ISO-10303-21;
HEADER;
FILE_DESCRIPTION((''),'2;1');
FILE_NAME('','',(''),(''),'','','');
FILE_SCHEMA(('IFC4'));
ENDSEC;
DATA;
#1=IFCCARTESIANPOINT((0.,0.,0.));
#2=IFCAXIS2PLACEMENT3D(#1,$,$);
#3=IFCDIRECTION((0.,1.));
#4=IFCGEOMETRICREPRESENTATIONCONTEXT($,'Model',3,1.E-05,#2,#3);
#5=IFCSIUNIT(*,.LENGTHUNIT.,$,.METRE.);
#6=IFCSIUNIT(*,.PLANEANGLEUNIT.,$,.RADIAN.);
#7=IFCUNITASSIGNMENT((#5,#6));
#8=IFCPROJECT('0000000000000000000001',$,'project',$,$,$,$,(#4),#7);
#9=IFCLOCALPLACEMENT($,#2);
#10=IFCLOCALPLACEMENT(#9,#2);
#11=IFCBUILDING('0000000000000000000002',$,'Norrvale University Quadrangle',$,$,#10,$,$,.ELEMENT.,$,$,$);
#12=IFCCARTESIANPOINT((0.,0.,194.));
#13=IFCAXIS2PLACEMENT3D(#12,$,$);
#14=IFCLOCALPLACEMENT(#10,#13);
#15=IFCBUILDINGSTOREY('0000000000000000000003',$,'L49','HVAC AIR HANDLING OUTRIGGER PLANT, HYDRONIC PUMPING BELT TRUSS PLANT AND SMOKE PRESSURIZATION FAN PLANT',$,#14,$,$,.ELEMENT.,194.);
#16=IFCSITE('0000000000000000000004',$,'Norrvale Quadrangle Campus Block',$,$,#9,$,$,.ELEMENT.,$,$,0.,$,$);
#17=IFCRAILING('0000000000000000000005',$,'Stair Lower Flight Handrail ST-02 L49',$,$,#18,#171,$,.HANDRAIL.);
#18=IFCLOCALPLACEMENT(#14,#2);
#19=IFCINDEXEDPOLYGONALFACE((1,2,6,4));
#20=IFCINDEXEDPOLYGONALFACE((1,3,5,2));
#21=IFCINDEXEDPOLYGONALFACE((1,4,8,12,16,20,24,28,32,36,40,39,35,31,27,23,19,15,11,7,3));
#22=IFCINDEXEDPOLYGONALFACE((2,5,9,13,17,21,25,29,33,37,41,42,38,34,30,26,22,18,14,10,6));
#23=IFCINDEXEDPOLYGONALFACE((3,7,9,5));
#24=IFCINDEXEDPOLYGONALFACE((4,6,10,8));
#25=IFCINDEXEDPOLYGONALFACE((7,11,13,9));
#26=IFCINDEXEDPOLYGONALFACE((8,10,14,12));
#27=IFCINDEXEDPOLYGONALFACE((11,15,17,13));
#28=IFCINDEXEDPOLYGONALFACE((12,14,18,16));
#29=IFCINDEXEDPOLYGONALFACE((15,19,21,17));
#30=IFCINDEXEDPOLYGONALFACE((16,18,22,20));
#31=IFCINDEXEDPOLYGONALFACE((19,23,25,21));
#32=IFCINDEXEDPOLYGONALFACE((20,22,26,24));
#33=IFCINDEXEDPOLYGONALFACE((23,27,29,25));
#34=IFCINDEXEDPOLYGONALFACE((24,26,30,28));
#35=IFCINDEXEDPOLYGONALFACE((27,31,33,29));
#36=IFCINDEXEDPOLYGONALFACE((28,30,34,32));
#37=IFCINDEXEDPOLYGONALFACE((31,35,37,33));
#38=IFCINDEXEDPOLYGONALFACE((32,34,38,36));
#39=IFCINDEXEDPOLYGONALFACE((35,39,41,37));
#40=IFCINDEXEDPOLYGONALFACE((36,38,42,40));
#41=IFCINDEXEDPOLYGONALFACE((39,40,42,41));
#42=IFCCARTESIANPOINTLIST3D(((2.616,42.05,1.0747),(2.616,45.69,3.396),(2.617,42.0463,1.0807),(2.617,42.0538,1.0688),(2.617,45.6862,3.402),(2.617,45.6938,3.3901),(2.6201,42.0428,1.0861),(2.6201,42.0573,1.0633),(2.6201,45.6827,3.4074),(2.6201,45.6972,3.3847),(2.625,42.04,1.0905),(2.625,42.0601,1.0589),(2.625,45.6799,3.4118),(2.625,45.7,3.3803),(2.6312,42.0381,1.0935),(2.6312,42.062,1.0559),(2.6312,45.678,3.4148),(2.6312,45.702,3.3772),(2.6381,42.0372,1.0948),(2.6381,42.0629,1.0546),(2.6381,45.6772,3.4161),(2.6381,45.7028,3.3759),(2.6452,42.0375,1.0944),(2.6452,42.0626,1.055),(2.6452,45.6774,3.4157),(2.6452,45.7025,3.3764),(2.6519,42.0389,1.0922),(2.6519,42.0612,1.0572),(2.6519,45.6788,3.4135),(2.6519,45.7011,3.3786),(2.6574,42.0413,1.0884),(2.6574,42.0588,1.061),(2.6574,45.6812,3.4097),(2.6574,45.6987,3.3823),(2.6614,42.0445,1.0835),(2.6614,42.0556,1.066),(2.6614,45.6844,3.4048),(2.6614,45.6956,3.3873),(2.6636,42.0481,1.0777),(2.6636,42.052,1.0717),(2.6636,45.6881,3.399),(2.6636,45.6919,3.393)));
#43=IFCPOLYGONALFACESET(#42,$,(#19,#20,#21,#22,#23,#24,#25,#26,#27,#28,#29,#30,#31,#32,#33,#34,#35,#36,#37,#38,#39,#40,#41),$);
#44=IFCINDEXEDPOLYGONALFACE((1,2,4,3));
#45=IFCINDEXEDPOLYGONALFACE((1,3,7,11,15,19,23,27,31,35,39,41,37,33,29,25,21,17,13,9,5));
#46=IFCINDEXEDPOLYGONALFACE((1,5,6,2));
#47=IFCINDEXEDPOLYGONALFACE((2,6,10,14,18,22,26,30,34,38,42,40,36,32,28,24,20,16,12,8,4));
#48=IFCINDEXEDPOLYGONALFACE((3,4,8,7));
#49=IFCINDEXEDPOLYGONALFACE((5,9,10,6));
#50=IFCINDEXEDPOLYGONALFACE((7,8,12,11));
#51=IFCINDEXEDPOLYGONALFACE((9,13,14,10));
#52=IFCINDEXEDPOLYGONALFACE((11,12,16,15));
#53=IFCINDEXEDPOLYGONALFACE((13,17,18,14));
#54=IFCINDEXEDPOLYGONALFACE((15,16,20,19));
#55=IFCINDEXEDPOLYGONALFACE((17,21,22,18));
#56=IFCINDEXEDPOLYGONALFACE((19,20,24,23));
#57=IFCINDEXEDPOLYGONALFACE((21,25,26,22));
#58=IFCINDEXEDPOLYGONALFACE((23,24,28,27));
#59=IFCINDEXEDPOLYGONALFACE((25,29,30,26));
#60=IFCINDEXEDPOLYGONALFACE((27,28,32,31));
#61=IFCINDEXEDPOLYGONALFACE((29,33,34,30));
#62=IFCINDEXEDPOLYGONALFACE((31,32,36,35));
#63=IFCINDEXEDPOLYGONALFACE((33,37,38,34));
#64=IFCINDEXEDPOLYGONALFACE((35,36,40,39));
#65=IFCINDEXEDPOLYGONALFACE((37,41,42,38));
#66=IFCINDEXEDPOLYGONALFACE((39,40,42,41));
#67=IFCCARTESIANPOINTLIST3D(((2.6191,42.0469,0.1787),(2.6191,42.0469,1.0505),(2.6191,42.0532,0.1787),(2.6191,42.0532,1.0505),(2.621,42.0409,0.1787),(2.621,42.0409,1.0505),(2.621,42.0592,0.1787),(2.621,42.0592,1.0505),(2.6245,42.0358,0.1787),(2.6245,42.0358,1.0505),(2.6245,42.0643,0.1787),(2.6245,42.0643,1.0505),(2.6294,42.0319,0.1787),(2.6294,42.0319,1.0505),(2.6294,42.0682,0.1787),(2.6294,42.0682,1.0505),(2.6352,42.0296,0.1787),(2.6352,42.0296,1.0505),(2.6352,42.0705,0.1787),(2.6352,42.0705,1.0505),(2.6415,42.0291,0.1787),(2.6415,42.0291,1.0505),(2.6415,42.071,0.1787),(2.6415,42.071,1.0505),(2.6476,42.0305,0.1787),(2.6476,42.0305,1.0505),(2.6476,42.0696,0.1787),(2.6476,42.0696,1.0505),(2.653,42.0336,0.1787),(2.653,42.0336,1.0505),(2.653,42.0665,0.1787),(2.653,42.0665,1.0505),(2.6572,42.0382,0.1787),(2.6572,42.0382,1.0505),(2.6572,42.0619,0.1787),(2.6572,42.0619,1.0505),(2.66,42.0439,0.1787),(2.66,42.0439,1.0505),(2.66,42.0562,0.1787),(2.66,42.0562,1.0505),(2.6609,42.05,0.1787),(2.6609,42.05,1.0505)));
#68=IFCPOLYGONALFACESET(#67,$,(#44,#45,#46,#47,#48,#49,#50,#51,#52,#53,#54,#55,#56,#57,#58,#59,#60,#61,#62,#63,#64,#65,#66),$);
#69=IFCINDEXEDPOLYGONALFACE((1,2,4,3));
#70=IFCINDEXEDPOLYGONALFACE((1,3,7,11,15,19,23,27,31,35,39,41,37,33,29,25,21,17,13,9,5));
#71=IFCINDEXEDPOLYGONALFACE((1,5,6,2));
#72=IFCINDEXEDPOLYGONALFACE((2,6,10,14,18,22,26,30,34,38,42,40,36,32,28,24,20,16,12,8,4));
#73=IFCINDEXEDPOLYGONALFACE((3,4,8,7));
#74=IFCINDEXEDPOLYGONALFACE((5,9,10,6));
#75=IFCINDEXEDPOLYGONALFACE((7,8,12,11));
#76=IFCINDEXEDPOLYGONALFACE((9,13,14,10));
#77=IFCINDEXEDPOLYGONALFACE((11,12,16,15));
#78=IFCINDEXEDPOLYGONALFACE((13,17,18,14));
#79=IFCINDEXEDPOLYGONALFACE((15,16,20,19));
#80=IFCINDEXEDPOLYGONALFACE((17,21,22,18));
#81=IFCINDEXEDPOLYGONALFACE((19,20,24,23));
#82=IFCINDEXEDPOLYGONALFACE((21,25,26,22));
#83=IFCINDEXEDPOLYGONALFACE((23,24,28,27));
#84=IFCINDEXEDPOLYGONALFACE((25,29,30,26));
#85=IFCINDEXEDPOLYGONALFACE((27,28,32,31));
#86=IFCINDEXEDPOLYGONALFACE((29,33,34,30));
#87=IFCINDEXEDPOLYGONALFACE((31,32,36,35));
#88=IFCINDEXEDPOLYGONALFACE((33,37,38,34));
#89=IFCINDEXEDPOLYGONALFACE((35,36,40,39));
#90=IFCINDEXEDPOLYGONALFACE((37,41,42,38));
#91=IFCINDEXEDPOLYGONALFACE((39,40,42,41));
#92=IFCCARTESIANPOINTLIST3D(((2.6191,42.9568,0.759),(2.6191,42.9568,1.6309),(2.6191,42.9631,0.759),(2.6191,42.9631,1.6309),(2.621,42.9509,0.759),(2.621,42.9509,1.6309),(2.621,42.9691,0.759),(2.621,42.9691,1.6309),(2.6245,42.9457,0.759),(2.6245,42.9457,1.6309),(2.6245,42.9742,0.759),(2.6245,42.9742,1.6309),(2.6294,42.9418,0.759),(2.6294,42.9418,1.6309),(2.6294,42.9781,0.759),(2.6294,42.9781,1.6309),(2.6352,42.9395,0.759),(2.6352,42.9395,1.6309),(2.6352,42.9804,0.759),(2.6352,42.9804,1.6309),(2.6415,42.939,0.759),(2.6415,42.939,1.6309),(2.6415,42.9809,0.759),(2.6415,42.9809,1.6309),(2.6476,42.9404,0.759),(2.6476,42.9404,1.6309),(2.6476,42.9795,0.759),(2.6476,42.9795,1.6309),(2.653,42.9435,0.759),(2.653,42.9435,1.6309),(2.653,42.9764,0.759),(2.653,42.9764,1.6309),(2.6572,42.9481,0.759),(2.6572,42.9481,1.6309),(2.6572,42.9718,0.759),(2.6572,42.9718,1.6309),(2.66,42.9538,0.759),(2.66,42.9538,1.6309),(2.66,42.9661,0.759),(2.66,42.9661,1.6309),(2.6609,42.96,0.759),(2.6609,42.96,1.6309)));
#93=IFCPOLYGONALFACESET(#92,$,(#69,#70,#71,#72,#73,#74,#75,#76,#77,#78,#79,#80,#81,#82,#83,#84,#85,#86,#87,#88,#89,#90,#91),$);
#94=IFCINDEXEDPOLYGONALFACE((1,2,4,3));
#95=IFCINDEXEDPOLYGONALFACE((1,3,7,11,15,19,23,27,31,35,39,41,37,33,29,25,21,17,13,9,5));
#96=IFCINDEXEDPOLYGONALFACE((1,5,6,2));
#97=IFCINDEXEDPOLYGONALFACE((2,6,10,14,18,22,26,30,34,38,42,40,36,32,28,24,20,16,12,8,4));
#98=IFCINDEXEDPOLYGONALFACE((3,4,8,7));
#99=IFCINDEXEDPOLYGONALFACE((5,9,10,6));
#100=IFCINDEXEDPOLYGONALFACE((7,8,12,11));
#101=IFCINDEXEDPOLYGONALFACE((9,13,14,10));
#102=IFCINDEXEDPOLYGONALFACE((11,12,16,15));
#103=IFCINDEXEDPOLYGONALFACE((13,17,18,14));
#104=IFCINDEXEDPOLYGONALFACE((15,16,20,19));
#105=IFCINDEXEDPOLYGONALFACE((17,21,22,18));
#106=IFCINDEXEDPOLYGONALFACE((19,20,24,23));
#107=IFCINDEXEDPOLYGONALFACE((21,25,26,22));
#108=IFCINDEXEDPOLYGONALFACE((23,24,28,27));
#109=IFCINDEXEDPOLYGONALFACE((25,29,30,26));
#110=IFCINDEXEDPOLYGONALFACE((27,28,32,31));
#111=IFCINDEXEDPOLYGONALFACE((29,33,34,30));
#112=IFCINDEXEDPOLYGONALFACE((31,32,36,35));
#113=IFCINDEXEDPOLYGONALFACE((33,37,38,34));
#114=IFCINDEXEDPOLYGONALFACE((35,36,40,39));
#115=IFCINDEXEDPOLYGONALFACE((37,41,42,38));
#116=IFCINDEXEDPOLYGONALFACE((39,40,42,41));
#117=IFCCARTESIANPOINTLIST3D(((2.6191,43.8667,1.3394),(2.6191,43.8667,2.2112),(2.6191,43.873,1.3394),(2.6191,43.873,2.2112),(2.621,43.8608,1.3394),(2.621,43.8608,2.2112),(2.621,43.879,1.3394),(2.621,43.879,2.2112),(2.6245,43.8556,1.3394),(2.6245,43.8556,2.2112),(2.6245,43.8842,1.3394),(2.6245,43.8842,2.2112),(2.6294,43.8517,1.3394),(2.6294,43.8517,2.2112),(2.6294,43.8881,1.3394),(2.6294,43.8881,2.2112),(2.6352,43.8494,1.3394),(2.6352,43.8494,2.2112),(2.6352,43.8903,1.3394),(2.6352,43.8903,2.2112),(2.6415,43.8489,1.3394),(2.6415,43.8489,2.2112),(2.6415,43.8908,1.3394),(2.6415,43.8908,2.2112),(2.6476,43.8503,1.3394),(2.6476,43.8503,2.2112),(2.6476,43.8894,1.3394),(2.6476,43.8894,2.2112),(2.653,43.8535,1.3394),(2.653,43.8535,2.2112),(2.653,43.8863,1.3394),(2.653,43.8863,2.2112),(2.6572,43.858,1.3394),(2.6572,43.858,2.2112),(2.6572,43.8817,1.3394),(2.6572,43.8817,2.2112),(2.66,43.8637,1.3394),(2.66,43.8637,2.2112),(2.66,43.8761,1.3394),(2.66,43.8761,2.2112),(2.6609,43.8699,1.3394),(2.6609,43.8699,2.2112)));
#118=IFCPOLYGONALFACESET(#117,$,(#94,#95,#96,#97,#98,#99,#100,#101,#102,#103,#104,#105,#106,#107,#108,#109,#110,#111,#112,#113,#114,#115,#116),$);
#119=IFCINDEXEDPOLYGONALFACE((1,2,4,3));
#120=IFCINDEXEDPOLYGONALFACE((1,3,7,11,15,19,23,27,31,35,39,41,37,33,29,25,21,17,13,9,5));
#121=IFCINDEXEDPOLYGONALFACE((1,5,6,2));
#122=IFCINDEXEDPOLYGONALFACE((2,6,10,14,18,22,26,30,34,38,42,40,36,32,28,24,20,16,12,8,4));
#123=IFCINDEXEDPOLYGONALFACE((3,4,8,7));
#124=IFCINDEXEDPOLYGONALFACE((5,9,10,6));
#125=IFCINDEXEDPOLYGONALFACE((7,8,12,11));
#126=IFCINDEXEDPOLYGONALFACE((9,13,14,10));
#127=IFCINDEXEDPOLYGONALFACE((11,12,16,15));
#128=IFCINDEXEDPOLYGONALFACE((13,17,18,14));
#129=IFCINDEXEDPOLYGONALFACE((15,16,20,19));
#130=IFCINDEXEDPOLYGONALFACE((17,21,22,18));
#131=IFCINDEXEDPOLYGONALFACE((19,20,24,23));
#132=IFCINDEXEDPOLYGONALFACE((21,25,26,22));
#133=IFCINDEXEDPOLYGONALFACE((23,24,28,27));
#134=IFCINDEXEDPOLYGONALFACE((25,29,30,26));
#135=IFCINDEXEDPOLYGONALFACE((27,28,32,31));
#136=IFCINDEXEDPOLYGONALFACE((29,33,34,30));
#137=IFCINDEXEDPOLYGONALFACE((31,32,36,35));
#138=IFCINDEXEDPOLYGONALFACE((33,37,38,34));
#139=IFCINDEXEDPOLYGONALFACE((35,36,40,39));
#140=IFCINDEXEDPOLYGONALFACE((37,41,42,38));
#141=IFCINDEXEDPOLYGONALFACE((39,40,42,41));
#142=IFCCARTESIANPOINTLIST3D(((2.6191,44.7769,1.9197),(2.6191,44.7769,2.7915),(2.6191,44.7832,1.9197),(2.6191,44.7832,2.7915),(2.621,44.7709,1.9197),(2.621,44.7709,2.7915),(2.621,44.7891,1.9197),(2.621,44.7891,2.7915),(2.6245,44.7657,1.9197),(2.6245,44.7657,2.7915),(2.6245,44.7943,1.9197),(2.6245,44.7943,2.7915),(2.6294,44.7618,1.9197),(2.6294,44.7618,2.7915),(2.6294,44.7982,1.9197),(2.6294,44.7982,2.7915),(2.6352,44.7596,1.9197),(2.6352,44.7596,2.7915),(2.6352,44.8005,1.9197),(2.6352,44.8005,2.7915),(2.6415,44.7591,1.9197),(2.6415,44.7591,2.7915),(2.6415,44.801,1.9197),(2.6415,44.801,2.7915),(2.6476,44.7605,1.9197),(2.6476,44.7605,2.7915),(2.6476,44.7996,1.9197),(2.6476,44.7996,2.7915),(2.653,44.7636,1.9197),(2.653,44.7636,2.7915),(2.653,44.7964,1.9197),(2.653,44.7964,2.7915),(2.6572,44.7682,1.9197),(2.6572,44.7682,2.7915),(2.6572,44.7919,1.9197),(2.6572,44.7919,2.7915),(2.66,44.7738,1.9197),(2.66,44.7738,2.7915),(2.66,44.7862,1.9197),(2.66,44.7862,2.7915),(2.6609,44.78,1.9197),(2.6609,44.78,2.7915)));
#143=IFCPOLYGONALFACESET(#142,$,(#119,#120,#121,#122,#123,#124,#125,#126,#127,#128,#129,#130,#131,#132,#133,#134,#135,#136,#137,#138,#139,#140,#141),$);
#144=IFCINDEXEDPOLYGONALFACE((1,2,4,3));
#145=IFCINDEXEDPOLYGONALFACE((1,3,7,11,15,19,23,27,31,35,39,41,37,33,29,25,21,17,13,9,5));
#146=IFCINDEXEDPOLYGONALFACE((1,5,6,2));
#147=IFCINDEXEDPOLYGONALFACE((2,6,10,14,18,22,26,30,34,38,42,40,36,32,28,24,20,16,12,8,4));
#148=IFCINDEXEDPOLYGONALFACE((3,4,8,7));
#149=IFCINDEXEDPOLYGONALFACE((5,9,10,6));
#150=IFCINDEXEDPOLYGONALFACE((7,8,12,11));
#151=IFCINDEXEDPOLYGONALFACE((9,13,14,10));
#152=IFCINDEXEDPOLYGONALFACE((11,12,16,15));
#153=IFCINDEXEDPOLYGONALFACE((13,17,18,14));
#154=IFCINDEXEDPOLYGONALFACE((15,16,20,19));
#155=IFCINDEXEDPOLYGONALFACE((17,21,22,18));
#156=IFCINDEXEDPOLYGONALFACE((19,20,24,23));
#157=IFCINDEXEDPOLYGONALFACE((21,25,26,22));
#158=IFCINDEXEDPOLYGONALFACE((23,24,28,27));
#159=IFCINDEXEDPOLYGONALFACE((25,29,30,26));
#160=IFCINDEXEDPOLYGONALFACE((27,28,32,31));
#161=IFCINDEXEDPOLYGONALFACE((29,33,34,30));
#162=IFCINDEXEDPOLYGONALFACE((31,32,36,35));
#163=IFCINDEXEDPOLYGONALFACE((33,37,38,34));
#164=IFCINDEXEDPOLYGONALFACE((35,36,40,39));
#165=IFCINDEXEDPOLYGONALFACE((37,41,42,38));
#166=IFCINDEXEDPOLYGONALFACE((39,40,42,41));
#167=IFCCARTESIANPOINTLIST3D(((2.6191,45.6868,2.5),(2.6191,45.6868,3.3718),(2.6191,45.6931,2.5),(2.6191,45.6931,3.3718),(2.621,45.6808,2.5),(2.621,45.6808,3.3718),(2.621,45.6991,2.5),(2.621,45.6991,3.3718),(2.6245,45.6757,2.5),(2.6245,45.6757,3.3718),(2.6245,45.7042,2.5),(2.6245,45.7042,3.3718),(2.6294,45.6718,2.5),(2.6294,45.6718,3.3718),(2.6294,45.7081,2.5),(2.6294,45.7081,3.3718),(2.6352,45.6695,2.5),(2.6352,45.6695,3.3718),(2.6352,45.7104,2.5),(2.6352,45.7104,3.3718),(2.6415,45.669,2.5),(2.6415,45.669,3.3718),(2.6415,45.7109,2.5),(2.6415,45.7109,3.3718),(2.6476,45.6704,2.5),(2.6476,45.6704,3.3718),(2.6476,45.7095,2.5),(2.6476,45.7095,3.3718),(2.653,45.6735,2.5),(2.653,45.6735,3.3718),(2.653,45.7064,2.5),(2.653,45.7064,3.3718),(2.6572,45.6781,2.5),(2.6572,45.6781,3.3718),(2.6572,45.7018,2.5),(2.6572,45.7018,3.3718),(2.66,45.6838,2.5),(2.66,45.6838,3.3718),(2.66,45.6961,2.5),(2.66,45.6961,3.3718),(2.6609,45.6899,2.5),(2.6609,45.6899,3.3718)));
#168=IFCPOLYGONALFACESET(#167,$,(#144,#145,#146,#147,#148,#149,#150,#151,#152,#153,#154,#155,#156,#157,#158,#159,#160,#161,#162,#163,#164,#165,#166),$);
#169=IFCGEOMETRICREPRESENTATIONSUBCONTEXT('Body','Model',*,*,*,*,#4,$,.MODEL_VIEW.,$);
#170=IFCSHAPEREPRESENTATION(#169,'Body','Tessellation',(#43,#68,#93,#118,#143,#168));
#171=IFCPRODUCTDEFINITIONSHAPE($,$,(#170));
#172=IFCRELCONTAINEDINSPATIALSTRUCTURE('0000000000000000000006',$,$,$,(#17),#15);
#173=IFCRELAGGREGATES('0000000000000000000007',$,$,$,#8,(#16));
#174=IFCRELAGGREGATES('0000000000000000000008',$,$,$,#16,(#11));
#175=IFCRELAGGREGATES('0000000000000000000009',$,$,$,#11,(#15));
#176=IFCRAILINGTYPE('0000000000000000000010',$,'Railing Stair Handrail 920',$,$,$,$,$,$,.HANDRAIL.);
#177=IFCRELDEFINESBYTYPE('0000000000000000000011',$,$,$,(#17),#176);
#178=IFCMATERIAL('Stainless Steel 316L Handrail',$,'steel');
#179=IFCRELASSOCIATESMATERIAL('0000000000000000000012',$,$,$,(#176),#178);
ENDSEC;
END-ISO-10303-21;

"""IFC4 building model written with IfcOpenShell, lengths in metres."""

from ifc_helpers import new_model, si_unit, direction, frame, origin, origin_2d, place, context, subcontext, project, spatial, circle, extrude, material, type_object, element, save


model = new_model("IFC4")

# Units and contexts
model_context = context("Model", 3, precision=1e-05, world=origin(), true_north=direction((0.0, 1.0)))
body_context = subcontext(model_context, "Body", "Model", "MODEL_VIEW")
ifc_project = project(units=[si_unit("LENGTHUNIT", "METRE"), si_unit("PLANEANGLEUNIT", "RADIAN")], contexts=[model_context])

# Site, building, storey
site_placement = place(None, origin())
site = spatial("IfcSite", under=ifc_project, at=site_placement, Name="Norrvale Quadrangle Campus Block", CompositionType="ELEMENT", RefElevation=0.0)
building_placement = place(site_placement, origin())
building = spatial("IfcBuilding", under=site, at=building_placement, Name="Norrvale University Quadrangle", CompositionType="ELEMENT")
storey_placement = place(building_placement, frame((0.0, 0.0, 194.0)))
storey = spatial("IfcBuildingStorey", under=building, at=storey_placement, Name="L49", Description="HVAC AIR HANDLING OUTRIGGER PLANT, HYDRONIC PUMPING BELT TRUSS PLANT AND SMOKE PRESSURIZATION FAN PLANT", CompositionType="ELEMENT", Elevation=194.0)

# Railing
ifc_material_1 = material(Name="Stainless Steel 316L Handrail", Category="steel")
railing_type_1 = type_object("IfcRailingType", Name="Railing Stair Handrail 920", PredefinedType="HANDRAIL", material=ifc_material_1)
railing_1_placement = place(storey_placement, frame((2.6399, 42.05, 0.1787)))
element("IfcRailing", 1, at=railing_1_placement, inside=storey, type_object=railing_type_1, Name="Stair Lower Flight Handrail ST-02 L49", PredefinedType="HANDRAIL", context=body_context, shape_type="SweptSolid", body=[
    extrude(circle(Radius=0.0239, at=origin_2d()), frame((0.0, 0.0, 0.896), z_axis=(0.0, 0.843137, 0.537699), x_axis=(-1.0, 0.0, 0.0)), (0.0, 0.0, 1.0), 4.3171),
    extrude(circle(Radius=0.021, at=origin_2d()), origin(), (0.0, 0.0, 1.0), 0.8718),
    extrude(circle(Radius=0.021, at=origin_2d()), frame((0.0, 0.9099, 0.5803)), (0.0, 0.0, 1.0), 0.8718),
    extrude(circle(Radius=0.021, at=origin_2d()), frame((0.0, 1.8198, 1.1606)), (0.0, 0.0, 1.0), 0.8718),
    extrude(circle(Radius=0.021, at=origin_2d()), frame((0.0, 2.73, 1.741)), (0.0, 0.0, 1.0), 0.8718),
    extrude(circle(Radius=0.021, at=origin_2d()), frame((0.0, 3.6399, 2.3213)), (0.0, 0.0, 1.0), 0.8718),
])

save(model, "model.ifc")
